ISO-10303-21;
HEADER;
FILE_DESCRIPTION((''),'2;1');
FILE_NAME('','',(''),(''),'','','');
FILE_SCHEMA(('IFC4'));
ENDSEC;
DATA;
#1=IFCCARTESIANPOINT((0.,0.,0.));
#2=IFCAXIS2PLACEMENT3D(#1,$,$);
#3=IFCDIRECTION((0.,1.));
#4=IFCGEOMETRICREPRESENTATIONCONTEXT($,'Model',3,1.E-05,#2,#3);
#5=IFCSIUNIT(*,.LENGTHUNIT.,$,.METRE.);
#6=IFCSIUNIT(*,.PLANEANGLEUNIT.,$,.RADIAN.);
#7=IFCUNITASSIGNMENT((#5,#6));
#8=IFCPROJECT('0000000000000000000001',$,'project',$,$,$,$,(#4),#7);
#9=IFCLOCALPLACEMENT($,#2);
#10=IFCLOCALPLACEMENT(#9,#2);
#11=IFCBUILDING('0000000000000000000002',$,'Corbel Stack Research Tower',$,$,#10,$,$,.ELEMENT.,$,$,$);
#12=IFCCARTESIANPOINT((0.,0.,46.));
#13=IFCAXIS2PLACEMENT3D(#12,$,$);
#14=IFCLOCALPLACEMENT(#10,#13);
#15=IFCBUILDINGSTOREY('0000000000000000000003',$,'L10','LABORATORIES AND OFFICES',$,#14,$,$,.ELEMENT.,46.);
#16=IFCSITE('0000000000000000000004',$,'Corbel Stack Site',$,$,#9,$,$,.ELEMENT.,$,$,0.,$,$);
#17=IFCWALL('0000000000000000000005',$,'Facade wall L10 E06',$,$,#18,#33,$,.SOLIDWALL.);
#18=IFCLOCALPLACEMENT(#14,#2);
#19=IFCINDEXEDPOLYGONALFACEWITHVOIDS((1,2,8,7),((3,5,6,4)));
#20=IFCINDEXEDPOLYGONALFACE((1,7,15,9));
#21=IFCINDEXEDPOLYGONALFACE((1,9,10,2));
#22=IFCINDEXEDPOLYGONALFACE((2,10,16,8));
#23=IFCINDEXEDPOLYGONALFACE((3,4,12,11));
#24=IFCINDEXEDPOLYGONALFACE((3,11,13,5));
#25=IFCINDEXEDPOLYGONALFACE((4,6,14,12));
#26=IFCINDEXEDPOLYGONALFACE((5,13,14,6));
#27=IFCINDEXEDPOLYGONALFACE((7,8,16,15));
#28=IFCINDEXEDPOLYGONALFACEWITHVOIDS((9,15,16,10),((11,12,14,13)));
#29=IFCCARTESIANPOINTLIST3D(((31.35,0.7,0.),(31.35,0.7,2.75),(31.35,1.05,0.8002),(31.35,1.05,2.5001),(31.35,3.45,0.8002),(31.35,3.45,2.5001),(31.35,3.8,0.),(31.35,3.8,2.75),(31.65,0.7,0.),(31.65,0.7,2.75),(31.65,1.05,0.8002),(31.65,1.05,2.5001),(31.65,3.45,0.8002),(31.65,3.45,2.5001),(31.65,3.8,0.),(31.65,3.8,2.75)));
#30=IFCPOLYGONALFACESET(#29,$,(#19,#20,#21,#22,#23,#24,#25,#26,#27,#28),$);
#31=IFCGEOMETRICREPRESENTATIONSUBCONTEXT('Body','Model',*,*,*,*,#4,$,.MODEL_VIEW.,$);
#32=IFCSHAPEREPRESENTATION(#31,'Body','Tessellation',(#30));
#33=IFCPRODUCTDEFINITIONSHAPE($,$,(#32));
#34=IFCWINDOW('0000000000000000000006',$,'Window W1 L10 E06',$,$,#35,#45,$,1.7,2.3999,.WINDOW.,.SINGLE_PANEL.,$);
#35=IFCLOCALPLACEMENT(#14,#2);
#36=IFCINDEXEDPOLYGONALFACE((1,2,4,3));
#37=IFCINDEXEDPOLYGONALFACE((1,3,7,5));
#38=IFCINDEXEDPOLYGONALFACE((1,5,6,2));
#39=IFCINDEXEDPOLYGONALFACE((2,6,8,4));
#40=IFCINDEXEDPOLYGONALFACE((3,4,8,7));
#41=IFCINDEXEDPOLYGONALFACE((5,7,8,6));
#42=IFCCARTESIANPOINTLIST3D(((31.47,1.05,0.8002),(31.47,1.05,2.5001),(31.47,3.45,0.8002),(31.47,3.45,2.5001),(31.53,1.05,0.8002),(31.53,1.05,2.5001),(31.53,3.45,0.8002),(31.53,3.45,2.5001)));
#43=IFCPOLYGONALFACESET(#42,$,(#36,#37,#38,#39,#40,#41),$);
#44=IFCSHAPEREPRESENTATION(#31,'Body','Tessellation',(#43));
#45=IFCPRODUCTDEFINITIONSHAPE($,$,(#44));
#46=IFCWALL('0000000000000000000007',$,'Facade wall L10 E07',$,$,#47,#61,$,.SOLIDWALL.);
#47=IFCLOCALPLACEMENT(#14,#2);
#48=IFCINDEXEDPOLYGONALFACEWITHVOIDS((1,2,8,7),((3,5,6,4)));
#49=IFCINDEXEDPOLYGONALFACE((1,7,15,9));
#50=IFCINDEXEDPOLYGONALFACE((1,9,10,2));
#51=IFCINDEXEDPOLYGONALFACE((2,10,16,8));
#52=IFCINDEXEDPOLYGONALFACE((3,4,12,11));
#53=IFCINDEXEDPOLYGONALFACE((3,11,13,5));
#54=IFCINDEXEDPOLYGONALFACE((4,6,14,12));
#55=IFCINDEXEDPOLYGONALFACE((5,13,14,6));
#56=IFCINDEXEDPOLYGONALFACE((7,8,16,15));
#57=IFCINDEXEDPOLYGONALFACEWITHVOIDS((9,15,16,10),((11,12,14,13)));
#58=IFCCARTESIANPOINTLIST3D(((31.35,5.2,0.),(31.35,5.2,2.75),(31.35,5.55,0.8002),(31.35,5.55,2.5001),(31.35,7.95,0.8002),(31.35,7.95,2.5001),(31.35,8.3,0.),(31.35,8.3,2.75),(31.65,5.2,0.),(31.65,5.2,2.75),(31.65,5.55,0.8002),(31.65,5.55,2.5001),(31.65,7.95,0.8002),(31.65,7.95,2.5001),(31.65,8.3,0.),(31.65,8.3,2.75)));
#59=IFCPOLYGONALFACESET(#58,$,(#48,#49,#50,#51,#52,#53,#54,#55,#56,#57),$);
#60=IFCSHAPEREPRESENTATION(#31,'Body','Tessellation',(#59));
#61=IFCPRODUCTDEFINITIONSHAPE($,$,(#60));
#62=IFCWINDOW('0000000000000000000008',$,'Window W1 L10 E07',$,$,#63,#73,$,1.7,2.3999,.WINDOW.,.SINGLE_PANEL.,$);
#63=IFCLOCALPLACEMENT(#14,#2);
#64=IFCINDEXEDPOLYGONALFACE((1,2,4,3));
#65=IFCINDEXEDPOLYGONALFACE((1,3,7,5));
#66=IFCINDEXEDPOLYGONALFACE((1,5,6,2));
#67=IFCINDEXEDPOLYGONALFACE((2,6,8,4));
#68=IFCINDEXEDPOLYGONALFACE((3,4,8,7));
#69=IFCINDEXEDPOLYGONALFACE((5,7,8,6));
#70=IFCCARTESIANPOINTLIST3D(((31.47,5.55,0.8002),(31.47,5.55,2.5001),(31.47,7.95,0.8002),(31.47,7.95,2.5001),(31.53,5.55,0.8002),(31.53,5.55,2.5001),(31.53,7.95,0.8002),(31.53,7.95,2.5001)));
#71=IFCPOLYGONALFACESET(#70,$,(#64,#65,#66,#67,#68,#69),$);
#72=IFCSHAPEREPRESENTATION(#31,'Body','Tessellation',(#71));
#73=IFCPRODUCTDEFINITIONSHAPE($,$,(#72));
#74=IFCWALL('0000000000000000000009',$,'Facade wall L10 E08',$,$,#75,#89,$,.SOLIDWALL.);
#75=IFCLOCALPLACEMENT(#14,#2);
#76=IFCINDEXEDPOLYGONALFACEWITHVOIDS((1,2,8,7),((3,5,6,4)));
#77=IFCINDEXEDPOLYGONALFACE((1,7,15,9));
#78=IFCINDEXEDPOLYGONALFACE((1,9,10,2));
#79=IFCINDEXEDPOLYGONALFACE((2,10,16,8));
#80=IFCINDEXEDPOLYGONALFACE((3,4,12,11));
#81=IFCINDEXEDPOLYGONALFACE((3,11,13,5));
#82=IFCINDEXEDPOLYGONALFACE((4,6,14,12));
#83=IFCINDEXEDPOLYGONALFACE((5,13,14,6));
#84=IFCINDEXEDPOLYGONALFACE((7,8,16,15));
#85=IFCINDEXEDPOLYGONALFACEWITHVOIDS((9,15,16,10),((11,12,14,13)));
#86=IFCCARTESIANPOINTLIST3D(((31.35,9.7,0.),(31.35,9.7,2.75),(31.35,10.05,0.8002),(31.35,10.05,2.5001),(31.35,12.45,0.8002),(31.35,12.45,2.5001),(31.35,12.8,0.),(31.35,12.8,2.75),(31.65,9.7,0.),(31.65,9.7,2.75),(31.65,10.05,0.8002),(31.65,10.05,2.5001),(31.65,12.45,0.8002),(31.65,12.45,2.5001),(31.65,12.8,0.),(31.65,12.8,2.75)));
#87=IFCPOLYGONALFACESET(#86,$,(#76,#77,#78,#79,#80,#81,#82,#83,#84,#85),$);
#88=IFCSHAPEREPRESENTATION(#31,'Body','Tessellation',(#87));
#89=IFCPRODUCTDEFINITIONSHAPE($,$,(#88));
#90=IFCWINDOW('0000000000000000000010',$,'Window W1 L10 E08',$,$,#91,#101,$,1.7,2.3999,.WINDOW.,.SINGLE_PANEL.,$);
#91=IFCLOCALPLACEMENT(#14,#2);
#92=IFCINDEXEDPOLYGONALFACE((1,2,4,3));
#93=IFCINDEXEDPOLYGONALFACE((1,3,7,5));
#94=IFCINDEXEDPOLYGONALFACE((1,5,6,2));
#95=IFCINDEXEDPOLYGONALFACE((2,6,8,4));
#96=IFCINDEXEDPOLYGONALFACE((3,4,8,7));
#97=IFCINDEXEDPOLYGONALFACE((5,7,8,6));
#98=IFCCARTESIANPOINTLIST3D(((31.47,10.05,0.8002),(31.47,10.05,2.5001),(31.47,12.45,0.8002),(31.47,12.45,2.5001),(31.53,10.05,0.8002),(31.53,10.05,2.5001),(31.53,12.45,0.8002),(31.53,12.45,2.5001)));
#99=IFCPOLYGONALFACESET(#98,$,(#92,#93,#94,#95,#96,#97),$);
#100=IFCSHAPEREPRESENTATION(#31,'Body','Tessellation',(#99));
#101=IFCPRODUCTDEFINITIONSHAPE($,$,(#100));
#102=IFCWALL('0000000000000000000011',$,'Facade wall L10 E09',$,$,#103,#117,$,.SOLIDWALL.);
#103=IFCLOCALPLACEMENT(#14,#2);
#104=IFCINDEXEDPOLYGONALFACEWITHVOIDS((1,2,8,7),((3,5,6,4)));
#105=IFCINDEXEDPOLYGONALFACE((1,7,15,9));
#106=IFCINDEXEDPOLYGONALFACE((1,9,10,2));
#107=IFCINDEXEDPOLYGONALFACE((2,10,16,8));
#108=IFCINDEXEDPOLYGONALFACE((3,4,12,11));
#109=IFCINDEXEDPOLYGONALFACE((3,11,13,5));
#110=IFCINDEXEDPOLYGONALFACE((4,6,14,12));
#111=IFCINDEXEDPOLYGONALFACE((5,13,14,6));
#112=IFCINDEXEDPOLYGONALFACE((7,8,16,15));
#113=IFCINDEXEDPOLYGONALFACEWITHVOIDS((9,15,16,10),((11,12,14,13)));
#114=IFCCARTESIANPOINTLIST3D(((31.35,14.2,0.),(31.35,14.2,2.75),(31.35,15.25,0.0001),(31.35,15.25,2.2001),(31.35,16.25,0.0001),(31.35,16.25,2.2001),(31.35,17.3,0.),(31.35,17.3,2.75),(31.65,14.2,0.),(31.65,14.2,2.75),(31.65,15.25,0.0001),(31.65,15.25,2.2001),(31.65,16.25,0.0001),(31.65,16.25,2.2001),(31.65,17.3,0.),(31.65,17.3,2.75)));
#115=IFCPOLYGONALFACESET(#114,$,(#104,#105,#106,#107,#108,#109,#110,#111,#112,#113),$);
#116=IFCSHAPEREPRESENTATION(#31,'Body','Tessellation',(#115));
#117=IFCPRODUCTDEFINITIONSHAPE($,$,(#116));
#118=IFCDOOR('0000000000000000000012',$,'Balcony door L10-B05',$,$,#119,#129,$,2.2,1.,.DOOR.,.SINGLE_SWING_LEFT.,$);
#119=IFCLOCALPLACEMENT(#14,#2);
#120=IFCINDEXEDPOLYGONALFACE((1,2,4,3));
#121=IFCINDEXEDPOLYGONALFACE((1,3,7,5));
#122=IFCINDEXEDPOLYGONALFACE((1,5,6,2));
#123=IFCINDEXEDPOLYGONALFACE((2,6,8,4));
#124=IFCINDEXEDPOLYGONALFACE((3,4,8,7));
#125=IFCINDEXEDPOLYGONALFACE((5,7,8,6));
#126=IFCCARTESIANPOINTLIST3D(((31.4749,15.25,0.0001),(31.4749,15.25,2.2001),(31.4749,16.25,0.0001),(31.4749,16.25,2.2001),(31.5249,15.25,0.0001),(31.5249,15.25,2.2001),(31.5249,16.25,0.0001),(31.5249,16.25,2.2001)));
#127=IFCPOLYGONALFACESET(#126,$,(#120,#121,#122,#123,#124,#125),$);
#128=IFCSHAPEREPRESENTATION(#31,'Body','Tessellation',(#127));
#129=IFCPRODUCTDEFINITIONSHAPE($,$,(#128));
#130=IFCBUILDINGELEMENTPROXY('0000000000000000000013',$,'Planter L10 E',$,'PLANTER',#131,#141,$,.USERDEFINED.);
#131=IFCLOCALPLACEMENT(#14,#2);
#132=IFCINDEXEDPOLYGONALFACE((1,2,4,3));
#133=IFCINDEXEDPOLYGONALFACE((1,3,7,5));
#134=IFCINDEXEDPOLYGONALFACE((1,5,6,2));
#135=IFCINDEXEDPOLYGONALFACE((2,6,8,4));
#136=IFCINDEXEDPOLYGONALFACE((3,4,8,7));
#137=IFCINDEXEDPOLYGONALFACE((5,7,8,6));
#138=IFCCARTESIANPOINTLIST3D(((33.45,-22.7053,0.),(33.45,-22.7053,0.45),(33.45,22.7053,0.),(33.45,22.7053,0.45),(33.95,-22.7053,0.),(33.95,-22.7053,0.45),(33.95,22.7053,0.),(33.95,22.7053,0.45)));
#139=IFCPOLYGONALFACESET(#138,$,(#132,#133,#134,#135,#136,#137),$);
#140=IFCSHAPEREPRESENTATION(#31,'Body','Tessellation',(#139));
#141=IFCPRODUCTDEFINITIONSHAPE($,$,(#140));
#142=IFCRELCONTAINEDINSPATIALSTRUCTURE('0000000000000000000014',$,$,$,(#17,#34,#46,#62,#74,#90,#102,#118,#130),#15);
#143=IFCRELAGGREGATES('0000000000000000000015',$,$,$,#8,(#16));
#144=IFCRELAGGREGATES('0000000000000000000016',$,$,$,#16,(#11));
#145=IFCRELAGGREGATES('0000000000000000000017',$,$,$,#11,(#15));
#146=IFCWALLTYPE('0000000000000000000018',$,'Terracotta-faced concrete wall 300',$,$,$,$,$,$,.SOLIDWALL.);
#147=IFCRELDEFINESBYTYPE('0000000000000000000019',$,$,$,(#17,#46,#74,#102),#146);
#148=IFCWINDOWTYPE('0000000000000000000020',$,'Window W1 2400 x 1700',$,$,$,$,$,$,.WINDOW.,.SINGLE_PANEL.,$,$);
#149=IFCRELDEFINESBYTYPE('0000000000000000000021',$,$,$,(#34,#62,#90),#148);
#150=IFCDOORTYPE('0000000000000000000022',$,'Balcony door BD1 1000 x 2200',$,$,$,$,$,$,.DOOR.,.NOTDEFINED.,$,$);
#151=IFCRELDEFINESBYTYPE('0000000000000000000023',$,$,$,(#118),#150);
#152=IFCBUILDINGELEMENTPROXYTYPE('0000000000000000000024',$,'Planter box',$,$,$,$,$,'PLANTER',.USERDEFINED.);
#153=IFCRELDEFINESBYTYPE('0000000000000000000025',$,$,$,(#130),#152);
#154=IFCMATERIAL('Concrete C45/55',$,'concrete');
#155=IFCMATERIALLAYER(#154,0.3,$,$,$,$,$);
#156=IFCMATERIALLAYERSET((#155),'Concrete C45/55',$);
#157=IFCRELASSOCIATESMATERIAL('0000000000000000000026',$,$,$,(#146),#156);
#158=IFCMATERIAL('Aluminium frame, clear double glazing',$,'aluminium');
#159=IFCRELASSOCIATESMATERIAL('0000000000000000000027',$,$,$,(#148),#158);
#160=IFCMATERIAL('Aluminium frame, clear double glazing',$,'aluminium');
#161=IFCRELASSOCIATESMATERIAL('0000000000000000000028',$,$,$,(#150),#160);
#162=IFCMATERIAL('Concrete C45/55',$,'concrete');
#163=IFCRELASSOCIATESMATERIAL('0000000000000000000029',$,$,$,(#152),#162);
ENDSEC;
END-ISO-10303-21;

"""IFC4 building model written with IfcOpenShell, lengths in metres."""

from ifc_helpers import new_model, si_unit, direction, frame, frame_2d, origin, origin_2d, place, context, subcontext, project, spatial, rectangle, extrude, material, layer, layer_set, type_object, element, fill, save


model = new_model("IFC4")

# Units and contexts
model_context = context("Model", 3, precision=1e-05, world=origin(), true_north=direction((0.0, 1.0)))
body_context = subcontext(model_context, "Body", "Model", "MODEL_VIEW")
ifc_project = project(units=[si_unit("LENGTHUNIT", "METRE"), si_unit("PLANEANGLEUNIT", "RADIAN")], contexts=[model_context])

# Site, building, storey
site_placement = place(None, origin())
site = spatial("IfcSite", under=ifc_project, at=site_placement, Name="Corbel Stack Site", CompositionType="ELEMENT", RefElevation=0.0)
building_placement = place(site_placement, origin())
building = spatial("IfcBuilding", under=site, at=building_placement, Name="Corbel Stack Research Tower", CompositionType="ELEMENT")
storey_placement = place(building_placement, frame((0.0, 0.0, 46.0)))
storey = spatial("IfcBuildingStorey", under=building, at=storey_placement, Name="L10", Description="LABORATORIES AND OFFICES", CompositionType="ELEMENT", Elevation=46.0)

# Walls, openings, windows
ifc_material_1 = material(Name="Concrete C45/55", Category="concrete")
ifc_layer_1 = layer(ifc_material_1, 0.3)
ifc_layer_set_1 = layer_set([ifc_layer_1], Name="Concrete C45/55")
wall_type_1 = type_object("IfcWallType", Name="Terracotta-faced concrete wall 300", PredefinedType="SOLIDWALL", material=ifc_layer_set_1)
wall_1_placement = place(storey_placement, frame((31.5, 3.8, 0.0), z_axis=(0.0, 0.0, 1.0), x_axis=(0.0, -1.0, 0.0)))
wall_1 = element("IfcWall", 1, at=wall_1_placement, inside=storey, type_object=wall_type_1, Name="Facade wall L10 E06", PredefinedType="SOLIDWALL", context=body_context, shape_type="SweptSolid", body=[
    extrude(rectangle(XDim=3.1001, YDim=0.3, at=frame_2d((1.55, 0.0))), origin(), (0.0, 0.0, 1.0), 2.75),
])
opening_1_placement = place(wall_1_placement, frame((0.3501, 0.0, 0.8)))
opening_1 = element("IfcOpeningElement", 2, at=opening_1_placement, cuts=wall_1, PredefinedType="OPENING", context=body_context, shape_type="SweptSolid", body=[
    extrude(rectangle(XDim=2.3999, YDim=1.7, at=frame_2d((1.2, 0.8501))), frame((0.0, 0.1599, 0.0), z_axis=(0.0, -1.0, 0.0), x_axis=(1.0, 0.0, 0.0)), (0.0, 0.0, 1.0), 0.3201),
])
ifc_material_2 = material(Name="Aluminium frame, clear double glazing", Category="aluminium")
window_type = type_object("IfcWindowType", Name="Window W1 2400 x 1700", PartitioningType="SINGLE_PANEL", PredefinedType="WINDOW", material=ifc_material_2)
window_1_placement = place(opening_1_placement, origin())
window_1 = element("IfcWindow", 3, at=window_1_placement, inside=storey, type_object=window_type, Name="Window W1 L10 E06", OverallHeight=1.7, OverallWidth=2.3999, PartitioningType="SINGLE_PANEL", PredefinedType="WINDOW", context=body_context, shape_type="SweptSolid", body=[
    extrude(rectangle(XDim=2.3999, YDim=1.7, at=frame_2d((1.2, 0.8501))), frame((0.0, 0.03, 0.0), z_axis=(0.0, -1.0, 0.0), x_axis=(1.0, 0.0, 0.0)), (0.0, 0.0, 1.0), 0.0601),
])
fill(opening_1, window_1)
wall_2_placement = place(storey_placement, frame((31.5, 8.3, 0.0), z_axis=(0.0, 0.0, 1.0), x_axis=(0.0, -1.0, 0.0)))
wall_2 = element("IfcWall", 4, at=wall_2_placement, inside=storey, type_object=wall_type_1, Name="Facade wall L10 E07", PredefinedType="SOLIDWALL", context=body_context, shape_type="SweptSolid", body=[
    extrude(rectangle(XDim=3.1001, YDim=0.3, at=frame_2d((1.55, 0.0))), origin(), (0.0, 0.0, 1.0), 2.75),
])
opening_2_placement = place(wall_2_placement, frame((0.3501, 0.0, 0.8)))
opening_2 = element("IfcOpeningElement", 5, at=opening_2_placement, cuts=wall_2, PredefinedType="OPENING", context=body_context, shape_type="SweptSolid", body=[
    extrude(rectangle(XDim=2.3999, YDim=1.7, at=frame_2d((1.2, 0.8501))), frame((0.0, 0.1599, 0.0), z_axis=(0.0, -1.0, 0.0), x_axis=(1.0, 0.0, 0.0)), (0.0, 0.0, 1.0), 0.3201),
])
window_2_placement = place(opening_2_placement, origin())
window_2 = element("IfcWindow", 6, at=window_2_placement, inside=storey, type_object=window_type, Name="Window W1 L10 E07", OverallHeight=1.7, OverallWidth=2.3999, PartitioningType="SINGLE_PANEL", PredefinedType="WINDOW", context=body_context, shape_type="SweptSolid", body=[
    extrude(rectangle(XDim=2.3999, YDim=1.7, at=frame_2d((1.2, 0.8501))), frame((0.0, 0.03, 0.0), z_axis=(0.0, -1.0, 0.0), x_axis=(1.0, 0.0, 0.0)), (0.0, 0.0, 1.0), 0.0601),
])
fill(opening_2, window_2)
wall_3_placement = place(storey_placement, frame((31.5, 12.8, 0.0), z_axis=(0.0, 0.0, 1.0), x_axis=(0.0, -1.0, 0.0)))
wall_3 = element("IfcWall", 7, at=wall_3_placement, inside=storey, type_object=wall_type_1, Name="Facade wall L10 E08", PredefinedType="SOLIDWALL", context=body_context, shape_type="SweptSolid", body=[
    extrude(rectangle(XDim=3.1001, YDim=0.3, at=frame_2d((1.55, 0.0))), origin(), (0.0, 0.0, 1.0), 2.75),
])
opening_3_placement = place(wall_3_placement, frame((0.3501, 0.0, 0.8)))
opening_3 = element("IfcOpeningElement", 8, at=opening_3_placement, cuts=wall_3, PredefinedType="OPENING", context=body_context, shape_type="SweptSolid", body=[
    extrude(rectangle(XDim=2.3999, YDim=1.7, at=frame_2d((1.2, 0.8501))), frame((0.0, 0.1599, 0.0), z_axis=(0.0, -1.0, 0.0), x_axis=(1.0, 0.0, 0.0)), (0.0, 0.0, 1.0), 0.3201),
])
window_3_placement = place(opening_3_placement, origin())
window_3 = element("IfcWindow", 9, at=window_3_placement, inside=storey, type_object=window_type, Name="Window W1 L10 E08", OverallHeight=1.7, OverallWidth=2.3999, PartitioningType="SINGLE_PANEL", PredefinedType="WINDOW", context=body_context, shape_type="SweptSolid", body=[
    extrude(rectangle(XDim=2.3999, YDim=1.7, at=frame_2d((1.2, 0.8501))), frame((0.0, 0.03, 0.0), z_axis=(0.0, -1.0, 0.0), x_axis=(1.0, 0.0, 0.0)), (0.0, 0.0, 1.0), 0.0601),
])
fill(opening_3, window_3)

# Wall, opening, door
wall_4_placement = place(storey_placement, frame((31.5, 17.3, 0.0), z_axis=(0.0, 0.0, 1.0), x_axis=(0.0, -1.0, 0.0)))
wall_4 = element("IfcWall", 10, at=wall_4_placement, inside=storey, type_object=wall_type_1, Name="Facade wall L10 E09", PredefinedType="SOLIDWALL", context=body_context, shape_type="SweptSolid", body=[
    extrude(rectangle(XDim=3.1001, YDim=0.3, at=frame_2d((1.55, 0.0))), origin(), (0.0, 0.0, 1.0), 2.75),
])
opening_4_placement = place(wall_4_placement, frame((1.05, 0.0, 0.0)))
opening_4 = element("IfcOpeningElement", 11, at=opening_4_placement, cuts=wall_4, PredefinedType="OPENING", context=body_context, shape_type="SweptSolid", body=[
    extrude(rectangle(XDim=1.0, YDim=2.2, at=frame_2d((0.5, 1.1001))), frame((0.0, 0.1599, 0.0), z_axis=(0.0, -1.0, 0.0), x_axis=(1.0, 0.0, 0.0)), (0.0, 0.0, 1.0), 0.3201),
])
ifc_material_3 = material(Name="Aluminium frame, clear double glazing", Category="aluminium")
door_type = type_object("IfcDoorType", Name="Balcony door BD1 1000 x 2200", OperationType="NOTDEFINED", PredefinedType="DOOR", material=ifc_material_3)
door_placement = place(opening_4_placement, origin())
door = element("IfcDoor", 12, at=door_placement, inside=storey, type_object=door_type, Name="Balcony door L10-B05", OperationType="SINGLE_SWING_LEFT", OverallHeight=2.2, OverallWidth=1.0, PredefinedType="DOOR", context=body_context, shape_type="SweptSolid", body=[
    extrude(rectangle(XDim=1.0, YDim=2.2, at=frame_2d((0.5, 1.1001))), frame((0.0, 0.0249, 0.0), z_axis=(0.0, -1.0, 0.0), x_axis=(1.0, 0.0, 0.0)), (0.0, 0.0, 1.0), 0.05),
])
fill(opening_4, door)

# Building element proxy
ifc_material_4 = material(Name="Concrete C45/55", Category="concrete")
building_element_proxy_type = type_object("IfcBuildingElementProxyType", Name="Planter box", ElementType="PLANTER", PredefinedType="USERDEFINED", material=ifc_material_4)
proxy_placement = place(storey_placement, frame((33.7, 0.0, 0.0), z_axis=(0.0, 0.0, 1.0), x_axis=(0.0, 1.0, 0.0)))
element("IfcBuildingElementProxy", 13, at=proxy_placement, inside=storey, type_object=building_element_proxy_type, Name="Planter L10 E", ObjectType="PLANTER", PredefinedType="USERDEFINED", context=body_context, shape_type="SweptSolid", body=[
    extrude(rectangle(XDim=45.4106, YDim=0.5, at=origin_2d()), origin(), (0.0, 0.0, 1.0), 0.45),
])

save(model, "model.ifc")
